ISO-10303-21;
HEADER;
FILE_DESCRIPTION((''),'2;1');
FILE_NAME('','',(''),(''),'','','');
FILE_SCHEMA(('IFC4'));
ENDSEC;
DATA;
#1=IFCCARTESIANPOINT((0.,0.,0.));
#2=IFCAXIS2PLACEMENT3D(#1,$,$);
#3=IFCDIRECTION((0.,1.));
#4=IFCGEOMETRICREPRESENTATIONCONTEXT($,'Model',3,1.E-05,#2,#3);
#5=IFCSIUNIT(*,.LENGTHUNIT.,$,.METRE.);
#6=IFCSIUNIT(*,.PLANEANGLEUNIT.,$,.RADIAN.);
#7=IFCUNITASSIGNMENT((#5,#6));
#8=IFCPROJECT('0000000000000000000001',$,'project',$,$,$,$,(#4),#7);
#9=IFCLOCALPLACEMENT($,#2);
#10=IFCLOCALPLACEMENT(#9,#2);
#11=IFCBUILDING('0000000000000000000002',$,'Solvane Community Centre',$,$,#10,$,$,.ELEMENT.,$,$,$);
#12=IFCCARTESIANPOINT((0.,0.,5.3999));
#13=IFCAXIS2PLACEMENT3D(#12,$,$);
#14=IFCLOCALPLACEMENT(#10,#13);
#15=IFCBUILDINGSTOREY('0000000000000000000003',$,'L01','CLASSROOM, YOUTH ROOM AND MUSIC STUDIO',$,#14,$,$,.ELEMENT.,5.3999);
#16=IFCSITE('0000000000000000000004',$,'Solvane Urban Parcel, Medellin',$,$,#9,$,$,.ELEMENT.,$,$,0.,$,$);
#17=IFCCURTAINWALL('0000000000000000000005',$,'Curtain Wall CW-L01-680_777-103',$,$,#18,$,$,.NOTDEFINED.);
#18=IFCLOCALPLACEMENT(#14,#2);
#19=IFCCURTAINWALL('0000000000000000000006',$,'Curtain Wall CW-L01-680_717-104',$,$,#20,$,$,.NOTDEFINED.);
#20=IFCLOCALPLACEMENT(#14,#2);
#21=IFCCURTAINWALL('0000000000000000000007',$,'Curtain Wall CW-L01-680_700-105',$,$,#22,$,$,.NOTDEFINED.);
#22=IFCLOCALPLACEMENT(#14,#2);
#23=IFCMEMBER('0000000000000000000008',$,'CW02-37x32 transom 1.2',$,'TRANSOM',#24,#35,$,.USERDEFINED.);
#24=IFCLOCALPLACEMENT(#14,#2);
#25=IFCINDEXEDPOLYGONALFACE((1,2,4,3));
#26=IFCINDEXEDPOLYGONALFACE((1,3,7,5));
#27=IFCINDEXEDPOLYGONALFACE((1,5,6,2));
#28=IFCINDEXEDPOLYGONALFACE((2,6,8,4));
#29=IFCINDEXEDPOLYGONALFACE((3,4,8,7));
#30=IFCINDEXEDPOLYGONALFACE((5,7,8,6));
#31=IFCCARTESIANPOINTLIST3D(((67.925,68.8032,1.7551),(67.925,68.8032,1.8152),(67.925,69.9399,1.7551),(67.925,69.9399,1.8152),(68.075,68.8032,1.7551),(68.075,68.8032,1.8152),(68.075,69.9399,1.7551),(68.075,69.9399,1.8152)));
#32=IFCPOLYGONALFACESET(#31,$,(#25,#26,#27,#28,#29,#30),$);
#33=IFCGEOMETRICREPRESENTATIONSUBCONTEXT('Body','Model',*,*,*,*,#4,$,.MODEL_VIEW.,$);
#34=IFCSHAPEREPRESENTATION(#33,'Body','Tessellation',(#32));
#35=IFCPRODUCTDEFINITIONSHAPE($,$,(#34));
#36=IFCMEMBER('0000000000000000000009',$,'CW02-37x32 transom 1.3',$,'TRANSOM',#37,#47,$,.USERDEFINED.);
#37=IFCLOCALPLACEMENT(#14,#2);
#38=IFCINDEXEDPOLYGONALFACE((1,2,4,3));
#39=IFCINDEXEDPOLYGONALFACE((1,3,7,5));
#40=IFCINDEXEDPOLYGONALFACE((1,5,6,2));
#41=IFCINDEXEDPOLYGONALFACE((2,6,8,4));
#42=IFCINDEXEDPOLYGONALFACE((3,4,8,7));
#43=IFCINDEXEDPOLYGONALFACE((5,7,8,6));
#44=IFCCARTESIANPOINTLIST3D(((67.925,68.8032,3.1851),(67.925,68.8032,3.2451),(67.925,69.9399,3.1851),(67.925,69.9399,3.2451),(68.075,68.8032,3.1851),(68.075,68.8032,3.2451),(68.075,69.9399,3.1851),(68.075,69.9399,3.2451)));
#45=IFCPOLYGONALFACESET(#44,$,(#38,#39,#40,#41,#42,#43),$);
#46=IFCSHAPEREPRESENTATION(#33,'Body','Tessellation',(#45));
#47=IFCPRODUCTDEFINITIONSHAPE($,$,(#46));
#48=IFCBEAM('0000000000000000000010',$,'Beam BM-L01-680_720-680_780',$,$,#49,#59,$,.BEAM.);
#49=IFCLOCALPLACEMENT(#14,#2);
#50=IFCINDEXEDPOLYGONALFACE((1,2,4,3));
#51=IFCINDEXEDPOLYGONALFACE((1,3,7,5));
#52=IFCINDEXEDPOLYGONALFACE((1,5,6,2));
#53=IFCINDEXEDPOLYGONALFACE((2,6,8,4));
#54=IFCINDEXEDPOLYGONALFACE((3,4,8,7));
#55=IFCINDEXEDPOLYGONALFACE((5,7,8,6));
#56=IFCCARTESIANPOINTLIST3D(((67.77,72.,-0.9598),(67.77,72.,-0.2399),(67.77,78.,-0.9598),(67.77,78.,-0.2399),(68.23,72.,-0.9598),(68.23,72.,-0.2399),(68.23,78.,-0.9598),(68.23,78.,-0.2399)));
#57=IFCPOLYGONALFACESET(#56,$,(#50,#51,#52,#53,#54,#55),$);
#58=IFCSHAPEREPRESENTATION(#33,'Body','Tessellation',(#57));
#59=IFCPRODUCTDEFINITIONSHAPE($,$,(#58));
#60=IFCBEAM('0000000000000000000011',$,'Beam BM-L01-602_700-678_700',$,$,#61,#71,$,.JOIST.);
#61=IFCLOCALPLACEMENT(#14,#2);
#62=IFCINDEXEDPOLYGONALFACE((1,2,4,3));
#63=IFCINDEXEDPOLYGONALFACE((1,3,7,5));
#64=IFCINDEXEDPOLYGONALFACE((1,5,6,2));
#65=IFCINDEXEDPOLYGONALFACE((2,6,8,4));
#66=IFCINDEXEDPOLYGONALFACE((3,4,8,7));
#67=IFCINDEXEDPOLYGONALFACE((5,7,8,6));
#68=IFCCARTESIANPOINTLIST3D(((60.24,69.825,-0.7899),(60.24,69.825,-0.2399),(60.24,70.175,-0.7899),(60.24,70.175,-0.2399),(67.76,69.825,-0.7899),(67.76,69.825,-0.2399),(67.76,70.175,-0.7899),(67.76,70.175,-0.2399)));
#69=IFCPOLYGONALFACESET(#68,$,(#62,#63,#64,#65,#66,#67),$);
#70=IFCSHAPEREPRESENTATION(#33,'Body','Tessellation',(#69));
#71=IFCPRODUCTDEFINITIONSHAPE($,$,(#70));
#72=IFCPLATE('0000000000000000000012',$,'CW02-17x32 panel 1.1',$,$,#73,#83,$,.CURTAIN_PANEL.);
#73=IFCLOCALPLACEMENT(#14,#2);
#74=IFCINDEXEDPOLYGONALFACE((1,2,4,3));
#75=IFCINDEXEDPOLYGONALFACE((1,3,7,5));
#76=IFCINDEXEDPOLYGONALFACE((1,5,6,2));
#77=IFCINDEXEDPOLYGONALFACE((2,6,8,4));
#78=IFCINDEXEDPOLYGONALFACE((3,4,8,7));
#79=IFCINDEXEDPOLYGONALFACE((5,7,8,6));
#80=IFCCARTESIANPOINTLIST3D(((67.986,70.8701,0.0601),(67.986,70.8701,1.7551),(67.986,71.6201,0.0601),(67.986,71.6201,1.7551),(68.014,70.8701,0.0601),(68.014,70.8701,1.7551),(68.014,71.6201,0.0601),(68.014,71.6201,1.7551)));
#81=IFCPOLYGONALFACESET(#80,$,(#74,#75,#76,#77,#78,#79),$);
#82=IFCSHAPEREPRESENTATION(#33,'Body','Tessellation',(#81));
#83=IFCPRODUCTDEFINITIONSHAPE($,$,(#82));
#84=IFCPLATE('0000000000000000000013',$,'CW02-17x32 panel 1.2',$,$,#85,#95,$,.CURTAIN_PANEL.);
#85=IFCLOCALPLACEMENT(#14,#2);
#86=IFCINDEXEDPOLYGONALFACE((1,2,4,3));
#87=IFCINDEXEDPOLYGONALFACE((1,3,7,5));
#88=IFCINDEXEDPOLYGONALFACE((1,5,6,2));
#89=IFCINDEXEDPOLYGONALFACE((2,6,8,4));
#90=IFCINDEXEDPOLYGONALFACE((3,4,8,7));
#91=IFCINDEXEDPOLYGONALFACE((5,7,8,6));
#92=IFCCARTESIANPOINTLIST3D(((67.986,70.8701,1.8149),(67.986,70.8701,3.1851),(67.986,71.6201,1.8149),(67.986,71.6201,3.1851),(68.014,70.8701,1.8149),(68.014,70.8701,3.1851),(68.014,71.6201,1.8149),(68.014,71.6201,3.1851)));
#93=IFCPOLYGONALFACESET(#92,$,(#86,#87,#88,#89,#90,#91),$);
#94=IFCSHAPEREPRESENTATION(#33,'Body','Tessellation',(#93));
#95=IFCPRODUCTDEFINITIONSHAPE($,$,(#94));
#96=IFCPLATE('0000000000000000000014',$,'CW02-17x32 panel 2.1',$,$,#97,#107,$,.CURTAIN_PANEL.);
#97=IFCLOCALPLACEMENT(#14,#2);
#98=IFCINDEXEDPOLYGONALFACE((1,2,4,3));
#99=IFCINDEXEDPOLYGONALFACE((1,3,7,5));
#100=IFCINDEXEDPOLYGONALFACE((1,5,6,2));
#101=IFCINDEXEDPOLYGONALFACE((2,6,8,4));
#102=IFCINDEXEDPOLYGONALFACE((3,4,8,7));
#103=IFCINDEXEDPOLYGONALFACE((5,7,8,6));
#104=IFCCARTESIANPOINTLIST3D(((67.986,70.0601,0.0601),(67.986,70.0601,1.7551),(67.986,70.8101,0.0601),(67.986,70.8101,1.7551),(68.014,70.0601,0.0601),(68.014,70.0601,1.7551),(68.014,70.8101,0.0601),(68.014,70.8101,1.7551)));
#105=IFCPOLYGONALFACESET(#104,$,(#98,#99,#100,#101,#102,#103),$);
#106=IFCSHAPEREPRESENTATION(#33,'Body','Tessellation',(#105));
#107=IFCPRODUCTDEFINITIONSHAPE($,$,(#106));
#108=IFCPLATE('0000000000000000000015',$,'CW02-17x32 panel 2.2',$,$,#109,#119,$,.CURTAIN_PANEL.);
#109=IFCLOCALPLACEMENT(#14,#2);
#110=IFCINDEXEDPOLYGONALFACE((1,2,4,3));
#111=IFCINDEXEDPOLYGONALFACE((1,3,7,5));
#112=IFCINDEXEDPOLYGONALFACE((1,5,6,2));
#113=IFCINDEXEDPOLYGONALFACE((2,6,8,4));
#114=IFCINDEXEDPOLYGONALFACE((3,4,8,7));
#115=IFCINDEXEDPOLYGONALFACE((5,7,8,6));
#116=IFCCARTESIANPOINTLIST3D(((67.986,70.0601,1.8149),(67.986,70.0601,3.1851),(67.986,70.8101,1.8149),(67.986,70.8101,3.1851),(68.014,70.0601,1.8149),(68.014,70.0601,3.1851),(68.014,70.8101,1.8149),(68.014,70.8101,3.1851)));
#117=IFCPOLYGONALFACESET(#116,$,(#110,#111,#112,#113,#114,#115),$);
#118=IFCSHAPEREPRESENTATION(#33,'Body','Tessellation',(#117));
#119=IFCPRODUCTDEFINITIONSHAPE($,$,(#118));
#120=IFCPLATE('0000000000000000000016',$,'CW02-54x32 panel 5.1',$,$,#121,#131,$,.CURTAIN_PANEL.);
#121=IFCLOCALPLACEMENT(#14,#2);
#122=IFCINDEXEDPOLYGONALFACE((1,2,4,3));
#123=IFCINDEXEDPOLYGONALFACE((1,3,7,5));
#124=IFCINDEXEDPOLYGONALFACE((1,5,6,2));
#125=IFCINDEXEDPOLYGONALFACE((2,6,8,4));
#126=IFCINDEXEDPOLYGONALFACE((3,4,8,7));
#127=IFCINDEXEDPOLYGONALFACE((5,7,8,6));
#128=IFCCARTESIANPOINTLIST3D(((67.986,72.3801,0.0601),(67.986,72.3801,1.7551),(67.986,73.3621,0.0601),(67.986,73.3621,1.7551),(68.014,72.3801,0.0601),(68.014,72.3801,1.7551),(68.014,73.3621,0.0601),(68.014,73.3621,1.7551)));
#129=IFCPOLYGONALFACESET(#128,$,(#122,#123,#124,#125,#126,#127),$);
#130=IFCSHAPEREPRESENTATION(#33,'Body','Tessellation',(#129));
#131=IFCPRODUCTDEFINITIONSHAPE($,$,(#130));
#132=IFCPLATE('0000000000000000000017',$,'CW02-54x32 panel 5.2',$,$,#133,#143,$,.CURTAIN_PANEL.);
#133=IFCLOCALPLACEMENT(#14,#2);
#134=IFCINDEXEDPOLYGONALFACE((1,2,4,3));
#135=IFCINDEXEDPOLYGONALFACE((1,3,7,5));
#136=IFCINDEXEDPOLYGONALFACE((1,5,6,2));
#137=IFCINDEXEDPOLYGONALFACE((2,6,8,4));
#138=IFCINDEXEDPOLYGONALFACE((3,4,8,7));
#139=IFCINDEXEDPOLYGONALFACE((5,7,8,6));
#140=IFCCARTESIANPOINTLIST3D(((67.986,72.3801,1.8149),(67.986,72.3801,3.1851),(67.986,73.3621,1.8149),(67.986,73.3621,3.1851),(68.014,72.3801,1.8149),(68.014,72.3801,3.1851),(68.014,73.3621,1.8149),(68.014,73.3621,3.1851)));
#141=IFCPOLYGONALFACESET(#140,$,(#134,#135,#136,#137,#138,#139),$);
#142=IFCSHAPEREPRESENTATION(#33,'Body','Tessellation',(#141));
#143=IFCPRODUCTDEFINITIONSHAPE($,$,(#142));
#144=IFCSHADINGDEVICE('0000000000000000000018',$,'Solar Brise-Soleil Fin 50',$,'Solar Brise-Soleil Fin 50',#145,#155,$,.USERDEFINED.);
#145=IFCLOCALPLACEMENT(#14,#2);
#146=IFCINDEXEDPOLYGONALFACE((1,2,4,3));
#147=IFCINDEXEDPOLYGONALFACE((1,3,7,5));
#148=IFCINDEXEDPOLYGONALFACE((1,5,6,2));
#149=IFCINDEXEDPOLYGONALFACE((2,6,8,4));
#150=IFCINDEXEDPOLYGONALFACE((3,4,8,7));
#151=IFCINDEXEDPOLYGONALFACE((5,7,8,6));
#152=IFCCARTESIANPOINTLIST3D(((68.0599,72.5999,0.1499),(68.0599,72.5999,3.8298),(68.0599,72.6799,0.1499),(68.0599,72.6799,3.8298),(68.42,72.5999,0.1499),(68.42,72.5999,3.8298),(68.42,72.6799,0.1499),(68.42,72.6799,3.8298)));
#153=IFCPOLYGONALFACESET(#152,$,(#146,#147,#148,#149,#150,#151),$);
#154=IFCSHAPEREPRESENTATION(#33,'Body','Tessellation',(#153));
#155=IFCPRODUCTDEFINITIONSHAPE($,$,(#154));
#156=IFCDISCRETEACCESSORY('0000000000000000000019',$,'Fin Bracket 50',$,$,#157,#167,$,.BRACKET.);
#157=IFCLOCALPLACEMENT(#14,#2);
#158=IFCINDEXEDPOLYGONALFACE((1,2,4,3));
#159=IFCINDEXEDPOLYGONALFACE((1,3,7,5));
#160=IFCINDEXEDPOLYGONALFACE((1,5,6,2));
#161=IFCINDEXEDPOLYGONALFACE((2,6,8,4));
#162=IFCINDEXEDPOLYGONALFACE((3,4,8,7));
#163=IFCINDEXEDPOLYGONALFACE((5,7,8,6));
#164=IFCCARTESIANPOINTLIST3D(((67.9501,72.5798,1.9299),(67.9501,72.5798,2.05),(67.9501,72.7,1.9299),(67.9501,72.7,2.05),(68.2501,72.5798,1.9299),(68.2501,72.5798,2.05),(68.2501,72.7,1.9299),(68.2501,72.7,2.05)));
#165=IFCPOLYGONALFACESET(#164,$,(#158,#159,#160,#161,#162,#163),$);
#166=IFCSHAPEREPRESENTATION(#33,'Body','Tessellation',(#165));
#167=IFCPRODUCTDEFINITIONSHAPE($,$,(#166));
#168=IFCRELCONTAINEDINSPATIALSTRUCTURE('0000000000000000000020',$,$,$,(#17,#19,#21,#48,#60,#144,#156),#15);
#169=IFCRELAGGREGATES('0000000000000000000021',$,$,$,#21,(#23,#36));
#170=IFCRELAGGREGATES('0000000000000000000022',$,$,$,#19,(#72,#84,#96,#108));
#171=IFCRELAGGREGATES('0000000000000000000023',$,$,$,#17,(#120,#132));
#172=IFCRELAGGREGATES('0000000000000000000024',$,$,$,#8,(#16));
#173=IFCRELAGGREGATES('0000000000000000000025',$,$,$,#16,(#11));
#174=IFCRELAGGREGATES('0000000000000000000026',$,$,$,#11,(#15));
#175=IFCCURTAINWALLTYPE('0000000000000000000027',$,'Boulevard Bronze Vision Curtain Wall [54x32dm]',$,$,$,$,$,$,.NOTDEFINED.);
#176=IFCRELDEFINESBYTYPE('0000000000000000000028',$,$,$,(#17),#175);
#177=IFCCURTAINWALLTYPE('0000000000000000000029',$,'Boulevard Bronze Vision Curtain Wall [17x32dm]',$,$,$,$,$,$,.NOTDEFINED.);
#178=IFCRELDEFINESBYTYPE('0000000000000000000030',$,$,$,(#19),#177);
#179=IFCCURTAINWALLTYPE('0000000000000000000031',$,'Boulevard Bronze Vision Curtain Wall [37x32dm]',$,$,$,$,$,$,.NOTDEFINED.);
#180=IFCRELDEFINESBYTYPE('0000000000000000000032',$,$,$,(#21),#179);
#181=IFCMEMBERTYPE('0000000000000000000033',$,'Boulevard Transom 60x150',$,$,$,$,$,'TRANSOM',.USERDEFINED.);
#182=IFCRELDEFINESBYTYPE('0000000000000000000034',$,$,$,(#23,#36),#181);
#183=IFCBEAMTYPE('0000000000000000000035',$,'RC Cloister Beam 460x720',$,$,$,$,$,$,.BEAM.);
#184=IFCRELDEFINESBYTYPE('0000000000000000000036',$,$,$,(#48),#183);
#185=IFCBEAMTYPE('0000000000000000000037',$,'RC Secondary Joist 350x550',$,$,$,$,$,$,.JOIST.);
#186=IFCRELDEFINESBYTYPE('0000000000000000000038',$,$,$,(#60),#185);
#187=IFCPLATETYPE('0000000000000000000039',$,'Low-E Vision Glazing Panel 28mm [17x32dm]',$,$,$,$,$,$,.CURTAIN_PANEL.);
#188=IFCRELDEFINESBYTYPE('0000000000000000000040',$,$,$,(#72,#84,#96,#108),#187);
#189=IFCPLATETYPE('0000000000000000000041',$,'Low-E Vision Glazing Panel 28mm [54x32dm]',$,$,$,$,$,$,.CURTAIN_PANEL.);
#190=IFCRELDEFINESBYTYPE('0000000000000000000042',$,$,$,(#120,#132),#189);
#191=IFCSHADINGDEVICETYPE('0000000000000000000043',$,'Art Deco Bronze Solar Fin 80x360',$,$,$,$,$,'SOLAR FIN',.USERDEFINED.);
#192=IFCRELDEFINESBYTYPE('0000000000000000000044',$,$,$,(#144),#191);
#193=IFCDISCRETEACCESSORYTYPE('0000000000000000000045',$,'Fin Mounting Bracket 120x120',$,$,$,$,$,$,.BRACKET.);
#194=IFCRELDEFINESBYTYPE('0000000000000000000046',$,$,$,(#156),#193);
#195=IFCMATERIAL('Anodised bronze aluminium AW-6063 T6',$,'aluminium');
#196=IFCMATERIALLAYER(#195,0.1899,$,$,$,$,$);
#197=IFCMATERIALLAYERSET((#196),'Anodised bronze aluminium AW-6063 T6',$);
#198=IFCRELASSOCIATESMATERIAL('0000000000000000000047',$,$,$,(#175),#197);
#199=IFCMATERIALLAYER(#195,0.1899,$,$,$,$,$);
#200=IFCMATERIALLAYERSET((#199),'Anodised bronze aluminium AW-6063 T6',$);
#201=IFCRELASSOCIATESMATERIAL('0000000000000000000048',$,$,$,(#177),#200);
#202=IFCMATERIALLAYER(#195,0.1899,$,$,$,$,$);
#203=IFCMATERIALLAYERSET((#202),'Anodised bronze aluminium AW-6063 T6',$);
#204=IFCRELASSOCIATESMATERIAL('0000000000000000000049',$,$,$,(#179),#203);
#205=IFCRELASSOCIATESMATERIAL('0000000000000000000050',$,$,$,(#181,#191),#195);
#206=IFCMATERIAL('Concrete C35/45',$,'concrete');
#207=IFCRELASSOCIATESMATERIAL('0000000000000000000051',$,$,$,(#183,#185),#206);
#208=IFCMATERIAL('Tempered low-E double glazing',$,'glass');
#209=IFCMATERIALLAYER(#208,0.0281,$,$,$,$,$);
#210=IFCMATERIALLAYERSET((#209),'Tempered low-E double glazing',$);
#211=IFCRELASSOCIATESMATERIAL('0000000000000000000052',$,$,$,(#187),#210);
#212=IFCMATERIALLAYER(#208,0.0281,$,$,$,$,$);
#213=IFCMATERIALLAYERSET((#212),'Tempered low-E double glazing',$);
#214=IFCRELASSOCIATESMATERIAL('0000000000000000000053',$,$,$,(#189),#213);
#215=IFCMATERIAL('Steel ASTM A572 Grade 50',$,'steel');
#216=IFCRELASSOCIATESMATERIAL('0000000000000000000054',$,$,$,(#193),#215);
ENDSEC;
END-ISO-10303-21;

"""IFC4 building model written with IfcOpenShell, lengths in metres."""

from ifc_helpers import new_model, si_unit, direction, frame, origin, origin_2d, place, context, subcontext, project, spatial, rectangle, extrude, material, layer, layer_set, material_profile, profile_set, type_object, element, aggregate, save


model = new_model("IFC4")

# Units and contexts
model_context = context("Model", 3, precision=1e-05, world=origin(), true_north=direction((0.0, 1.0)))
body_context = subcontext(model_context, "Body", "Model", "MODEL_VIEW")
ifc_project = project(units=[si_unit("LENGTHUNIT", "METRE"), si_unit("PLANEANGLEUNIT", "RADIAN")], contexts=[model_context])

# Site, building, storey
site_placement = place(None, origin())
site = spatial("IfcSite", under=ifc_project, at=site_placement, Name="Solvane Urban Parcel, Medellin", CompositionType="ELEMENT", RefElevation=0.0)
building_placement = place(site_placement, origin())
building = spatial("IfcBuilding", under=site, at=building_placement, Name="Solvane Community Centre", CompositionType="ELEMENT")
storey_placement = place(building_placement, frame((0.0, 0.0, 5.3999)))
storey = spatial("IfcBuildingStorey", under=building, at=storey_placement, Name="L01", Description="CLASSROOM, YOUTH ROOM AND MUSIC STUDIO", CompositionType="ELEMENT", Elevation=5.3999)

# Shared definitions
ifc_material_1 = material(Name="Concrete C35/45", Category="concrete")

# Curtain wall
ifc_material_2 = material(Name="Anodised bronze aluminium AW-6063 T6", Category="aluminium")
ifc_layer_1 = layer(ifc_material_2, 0.1899)
ifc_layer_set_1 = layer_set([ifc_layer_1], Name="Anodised bronze aluminium AW-6063 T6")
curtain_wall_type_1 = type_object("IfcCurtainWallType", Name="Boulevard Bronze Vision Curtain Wall [54x32dm]", PredefinedType="NOTDEFINED", material=ifc_layer_set_1)
curtain_wall_1_placement = place(storey_placement, origin())
curtain_wall_1 = element("IfcCurtainWall", 1, at=curtain_wall_1_placement, inside=storey, type_object=curtain_wall_type_1, Name="Curtain Wall CW-L01-680_777-103", PredefinedType="NOTDEFINED")

# Curtain wall
ifc_layer_2 = layer(ifc_material_2, 0.1899)
ifc_layer_set_2 = layer_set([ifc_layer_2], Name="Anodised bronze aluminium AW-6063 T6")
curtain_wall_type_2 = type_object("IfcCurtainWallType", Name="Boulevard Bronze Vision Curtain Wall [17x32dm]", PredefinedType="NOTDEFINED", material=ifc_layer_set_2)
curtain_wall_2_placement = place(storey_placement, origin())
curtain_wall_2 = element("IfcCurtainWall", 2, at=curtain_wall_2_placement, inside=storey, type_object=curtain_wall_type_2, Name="Curtain Wall CW-L01-680_717-104", PredefinedType="NOTDEFINED")

# Curtain wall
ifc_layer_3 = layer(ifc_material_2, 0.1899)
ifc_layer_set_3 = layer_set([ifc_layer_3], Name="Anodised bronze aluminium AW-6063 T6")
curtain_wall_type_3 = type_object("IfcCurtainWallType", Name="Boulevard Bronze Vision Curtain Wall [37x32dm]", PredefinedType="NOTDEFINED", material=ifc_layer_set_3)
curtain_wall_3_placement = place(storey_placement, origin())
curtain_wall_3 = element("IfcCurtainWall", 3, at=curtain_wall_3_placement, inside=storey, type_object=curtain_wall_type_3, Name="Curtain Wall CW-L01-680_700-105", PredefinedType="NOTDEFINED")

# Members
ifc_material_profile_1 = material_profile(ifc_material_2, rectangle(XDim=0.1499, YDim=0.0601, at=origin_2d()), Name="CW-T 60x150")
ifc_profile_set_1 = profile_set([ifc_material_profile_1], Name="Anodised bronze aluminium AW-6063 T6")
member_type_1 = type_object("IfcMemberType", Name="Boulevard Transom 60x150", ElementType="TRANSOM", PredefinedType="USERDEFINED", material=ifc_profile_set_1)
member_1_placement = place(storey_placement, frame((68.0, 69.9399, 1.7852), z_axis=(0.0, -1.0, 0.0), x_axis=(1.0, 0.0, 0.0)))
member_1 = element("IfcMember", 4, at=member_1_placement, type_object=member_type_1, Name="CW02-37x32 transom 1.2", ObjectType="TRANSOM", PredefinedType="USERDEFINED", context=body_context, shape_type="SweptSolid", body=[
    extrude(rectangle(XDim=0.1499, YDim=0.0601, at=origin_2d()), origin(), (0.0, 0.0, 1.0), 1.1367),
])
member_2_placement = place(storey_placement, frame((68.0, 69.9399, 3.2151), z_axis=(0.0, -1.0, 0.0), x_axis=(1.0, 0.0, 0.0)))
member_2 = element("IfcMember", 5, at=member_2_placement, type_object=member_type_1, Name="CW02-37x32 transom 1.3", ObjectType="TRANSOM", PredefinedType="USERDEFINED", context=body_context, shape_type="SweptSolid", body=[
    extrude(rectangle(XDim=0.1499, YDim=0.0601, at=origin_2d()), origin(), (0.0, 0.0, 1.0), 1.1367),
])
aggregate(curtain_wall_3, [member_1, member_2])

# Beams
ifc_material_profile_2 = material_profile(ifc_material_1, rectangle(XDim=0.46, YDim=0.72, at=origin_2d()), Name="RC 460x720")
ifc_profile_set_2 = profile_set([ifc_material_profile_2], Name="Concrete C35/45")
beam_type_1 = type_object("IfcBeamType", Name="RC Cloister Beam 460x720", PredefinedType="BEAM", material=ifc_profile_set_2)
beam_1_placement = place(storey_placement, frame((68.0, 72.0, -0.5999), z_axis=(0.0, 1.0, 0.0), x_axis=(-1.0, 0.0, 0.0)))
element("IfcBeam", 6, at=beam_1_placement, inside=storey, type_object=beam_type_1, Name="Beam BM-L01-680_720-680_780", PredefinedType="BEAM", context=body_context, shape_type="SweptSolid", body=[
    extrude(rectangle(XDim=0.46, YDim=0.72, at=origin_2d()), origin(), (0.0, 0.0, 1.0), 6.0),
])
ifc_material_profile_3 = material_profile(ifc_material_1, rectangle(XDim=0.3501, YDim=0.55, at=origin_2d()), Name="RC 350x550")
ifc_profile_set_3 = profile_set([ifc_material_profile_3], Name="Concrete C35/45")
beam_type_2 = type_object("IfcBeamType", Name="RC Secondary Joist 350x550", PredefinedType="JOIST", material=ifc_profile_set_3)
beam_2_placement = place(storey_placement, frame((60.24, 70.0, -0.5149), z_axis=(1.0, 0.0, 0.0), x_axis=(0.0, 1.0, 0.0)))
element("IfcBeam", 7, at=beam_2_placement, inside=storey, type_object=beam_type_2, Name="Beam BM-L01-602_700-678_700", PredefinedType="JOIST", context=body_context, shape_type="SweptSolid", body=[
    extrude(rectangle(XDim=0.3501, YDim=0.55, at=origin_2d()), origin(), (0.0, 0.0, 1.0), 7.52),
])

# Plates
ifc_material_3 = material(Name="Tempered low-E double glazing", Category="glass")
ifc_layer_4 = layer(ifc_material_3, 0.0281)
ifc_layer_set_4 = layer_set([ifc_layer_4], Name="Tempered low-E double glazing")
plate_type_1 = type_object("IfcPlateType", Name="Low-E Vision Glazing Panel 28mm [17x32dm]", PredefinedType="CURTAIN_PANEL", material=ifc_layer_set_4)
plate_1_placement = place(storey_placement, frame((68.0, 71.2451, 0.0601), z_axis=(0.0, 0.0, 1.0), x_axis=(0.0, -1.0, 0.0)))
plate_1 = element("IfcPlate", 8, at=plate_1_placement, type_object=plate_type_1, Name="CW02-17x32 panel 1.1", PredefinedType="CURTAIN_PANEL", context=body_context, shape_type="SweptSolid", body=[
    extrude(rectangle(XDim=0.75, YDim=0.0281, at=origin_2d()), origin(), (0.0, 0.0, 1.0), 1.6951),
])
plate_2_placement = place(storey_placement, frame((68.0, 71.2451, 1.8149), z_axis=(0.0, 0.0, 1.0), x_axis=(0.0, -1.0, 0.0)))
plate_2 = element("IfcPlate", 9, at=plate_2_placement, type_object=plate_type_1, Name="CW02-17x32 panel 1.2", PredefinedType="CURTAIN_PANEL", context=body_context, shape_type="SweptSolid", body=[
    extrude(rectangle(XDim=0.75, YDim=0.0281, at=origin_2d()), origin(), (0.0, 0.0, 1.0), 1.3701),
])
plate_3_placement = place(storey_placement, frame((68.0, 70.4351, 0.0601), z_axis=(0.0, 0.0, 1.0), x_axis=(0.0, -1.0, 0.0)))
plate_3 = element("IfcPlate", 10, at=plate_3_placement, type_object=plate_type_1, Name="CW02-17x32 panel 2.1", PredefinedType="CURTAIN_PANEL", context=body_context, shape_type="SweptSolid", body=[
    extrude(rectangle(XDim=0.75, YDim=0.0281, at=origin_2d()), origin(), (0.0, 0.0, 1.0), 1.6951),
])
plate_4_placement = place(storey_placement, frame((68.0, 70.4351, 1.8149), z_axis=(0.0, 0.0, 1.0), x_axis=(0.0, -1.0, 0.0)))
plate_4 = element("IfcPlate", 11, at=plate_4_placement, type_object=plate_type_1, Name="CW02-17x32 panel 2.2", PredefinedType="CURTAIN_PANEL", context=body_context, shape_type="SweptSolid", body=[
    extrude(rectangle(XDim=0.75, YDim=0.0281, at=origin_2d()), origin(), (0.0, 0.0, 1.0), 1.3701),
])
aggregate(curtain_wall_2, [plate_1, plate_2, plate_3, plate_4])
ifc_layer_5 = layer(ifc_material_3, 0.0281)
ifc_layer_set_5 = layer_set([ifc_layer_5], Name="Tempered low-E double glazing")
plate_type_2 = type_object("IfcPlateType", Name="Low-E Vision Glazing Panel 28mm [54x32dm]", PredefinedType="CURTAIN_PANEL", material=ifc_layer_set_5)
plate_5_placement = place(storey_placement, frame((68.0, 72.8711, 0.0601), z_axis=(0.0, 0.0, 1.0), x_axis=(0.0, -1.0, 0.0)))
plate_5 = element("IfcPlate", 12, at=plate_5_placement, type_object=plate_type_2, Name="CW02-54x32 panel 5.1", PredefinedType="CURTAIN_PANEL", context=body_context, shape_type="SweptSolid", body=[
    extrude(rectangle(XDim=0.9819, YDim=0.0281, at=origin_2d()), origin(), (0.0, 0.0, 1.0), 1.6951),
])
plate_6_placement = place(storey_placement, frame((68.0, 72.8711, 1.8149), z_axis=(0.0, 0.0, 1.0), x_axis=(0.0, -1.0, 0.0)))
plate_6 = element("IfcPlate", 13, at=plate_6_placement, type_object=plate_type_2, Name="CW02-54x32 panel 5.2", PredefinedType="CURTAIN_PANEL", context=body_context, shape_type="SweptSolid", body=[
    extrude(rectangle(XDim=0.9819, YDim=0.0281, at=origin_2d()), origin(), (0.0, 0.0, 1.0), 1.3701),
])
aggregate(curtain_wall_1, [plate_5, plate_6])

# Shading device
shading_device_type = type_object("IfcShadingDeviceType", Name="Art Deco Bronze Solar Fin 80x360", ElementType="SOLAR FIN", PredefinedType="USERDEFINED", material=ifc_material_2)
shading_device_placement = place(storey_placement, frame((68.24, 72.6399, 0.1499), z_axis=(0.0, 0.0, 1.0), x_axis=(0.0, -1.0, 0.0)))
element("IfcShadingDevice", 14, at=shading_device_placement, inside=storey, type_object=shading_device_type, Name="Solar Brise-Soleil Fin 50", ObjectType="Solar Brise-Soleil Fin 50", PredefinedType="USERDEFINED", context=body_context, shape_type="SweptSolid", body=[
    extrude(rectangle(XDim=0.0801, YDim=0.3601, at=origin_2d()), origin(), (0.0, 0.0, 1.0), 3.6799),
])

# Discrete accessory
ifc_material_4 = material(Name="Steel ASTM A572 Grade 50", Category="steel")
discrete_accessory_type = type_object("IfcDiscreteAccessoryType", Name="Fin Mounting Bracket 120x120", PredefinedType="BRACKET", material=ifc_material_4)
discrete_accessory_placement = place(storey_placement, frame((68.1001, 72.6399, 1.9299), z_axis=(0.0, 0.0, 1.0), x_axis=(0.0, -1.0, 0.0)))
element("IfcDiscreteAccessory", 15, at=discrete_accessory_placement, inside=storey, type_object=discrete_accessory_type, Name="Fin Bracket 50", PredefinedType="BRACKET", context=body_context, shape_type="SweptSolid", body=[
    extrude(rectangle(XDim=0.1201, YDim=0.3, at=origin_2d()), origin(), (0.0, 0.0, 1.0), 0.1201),
])

save(model, "model.ifc")
